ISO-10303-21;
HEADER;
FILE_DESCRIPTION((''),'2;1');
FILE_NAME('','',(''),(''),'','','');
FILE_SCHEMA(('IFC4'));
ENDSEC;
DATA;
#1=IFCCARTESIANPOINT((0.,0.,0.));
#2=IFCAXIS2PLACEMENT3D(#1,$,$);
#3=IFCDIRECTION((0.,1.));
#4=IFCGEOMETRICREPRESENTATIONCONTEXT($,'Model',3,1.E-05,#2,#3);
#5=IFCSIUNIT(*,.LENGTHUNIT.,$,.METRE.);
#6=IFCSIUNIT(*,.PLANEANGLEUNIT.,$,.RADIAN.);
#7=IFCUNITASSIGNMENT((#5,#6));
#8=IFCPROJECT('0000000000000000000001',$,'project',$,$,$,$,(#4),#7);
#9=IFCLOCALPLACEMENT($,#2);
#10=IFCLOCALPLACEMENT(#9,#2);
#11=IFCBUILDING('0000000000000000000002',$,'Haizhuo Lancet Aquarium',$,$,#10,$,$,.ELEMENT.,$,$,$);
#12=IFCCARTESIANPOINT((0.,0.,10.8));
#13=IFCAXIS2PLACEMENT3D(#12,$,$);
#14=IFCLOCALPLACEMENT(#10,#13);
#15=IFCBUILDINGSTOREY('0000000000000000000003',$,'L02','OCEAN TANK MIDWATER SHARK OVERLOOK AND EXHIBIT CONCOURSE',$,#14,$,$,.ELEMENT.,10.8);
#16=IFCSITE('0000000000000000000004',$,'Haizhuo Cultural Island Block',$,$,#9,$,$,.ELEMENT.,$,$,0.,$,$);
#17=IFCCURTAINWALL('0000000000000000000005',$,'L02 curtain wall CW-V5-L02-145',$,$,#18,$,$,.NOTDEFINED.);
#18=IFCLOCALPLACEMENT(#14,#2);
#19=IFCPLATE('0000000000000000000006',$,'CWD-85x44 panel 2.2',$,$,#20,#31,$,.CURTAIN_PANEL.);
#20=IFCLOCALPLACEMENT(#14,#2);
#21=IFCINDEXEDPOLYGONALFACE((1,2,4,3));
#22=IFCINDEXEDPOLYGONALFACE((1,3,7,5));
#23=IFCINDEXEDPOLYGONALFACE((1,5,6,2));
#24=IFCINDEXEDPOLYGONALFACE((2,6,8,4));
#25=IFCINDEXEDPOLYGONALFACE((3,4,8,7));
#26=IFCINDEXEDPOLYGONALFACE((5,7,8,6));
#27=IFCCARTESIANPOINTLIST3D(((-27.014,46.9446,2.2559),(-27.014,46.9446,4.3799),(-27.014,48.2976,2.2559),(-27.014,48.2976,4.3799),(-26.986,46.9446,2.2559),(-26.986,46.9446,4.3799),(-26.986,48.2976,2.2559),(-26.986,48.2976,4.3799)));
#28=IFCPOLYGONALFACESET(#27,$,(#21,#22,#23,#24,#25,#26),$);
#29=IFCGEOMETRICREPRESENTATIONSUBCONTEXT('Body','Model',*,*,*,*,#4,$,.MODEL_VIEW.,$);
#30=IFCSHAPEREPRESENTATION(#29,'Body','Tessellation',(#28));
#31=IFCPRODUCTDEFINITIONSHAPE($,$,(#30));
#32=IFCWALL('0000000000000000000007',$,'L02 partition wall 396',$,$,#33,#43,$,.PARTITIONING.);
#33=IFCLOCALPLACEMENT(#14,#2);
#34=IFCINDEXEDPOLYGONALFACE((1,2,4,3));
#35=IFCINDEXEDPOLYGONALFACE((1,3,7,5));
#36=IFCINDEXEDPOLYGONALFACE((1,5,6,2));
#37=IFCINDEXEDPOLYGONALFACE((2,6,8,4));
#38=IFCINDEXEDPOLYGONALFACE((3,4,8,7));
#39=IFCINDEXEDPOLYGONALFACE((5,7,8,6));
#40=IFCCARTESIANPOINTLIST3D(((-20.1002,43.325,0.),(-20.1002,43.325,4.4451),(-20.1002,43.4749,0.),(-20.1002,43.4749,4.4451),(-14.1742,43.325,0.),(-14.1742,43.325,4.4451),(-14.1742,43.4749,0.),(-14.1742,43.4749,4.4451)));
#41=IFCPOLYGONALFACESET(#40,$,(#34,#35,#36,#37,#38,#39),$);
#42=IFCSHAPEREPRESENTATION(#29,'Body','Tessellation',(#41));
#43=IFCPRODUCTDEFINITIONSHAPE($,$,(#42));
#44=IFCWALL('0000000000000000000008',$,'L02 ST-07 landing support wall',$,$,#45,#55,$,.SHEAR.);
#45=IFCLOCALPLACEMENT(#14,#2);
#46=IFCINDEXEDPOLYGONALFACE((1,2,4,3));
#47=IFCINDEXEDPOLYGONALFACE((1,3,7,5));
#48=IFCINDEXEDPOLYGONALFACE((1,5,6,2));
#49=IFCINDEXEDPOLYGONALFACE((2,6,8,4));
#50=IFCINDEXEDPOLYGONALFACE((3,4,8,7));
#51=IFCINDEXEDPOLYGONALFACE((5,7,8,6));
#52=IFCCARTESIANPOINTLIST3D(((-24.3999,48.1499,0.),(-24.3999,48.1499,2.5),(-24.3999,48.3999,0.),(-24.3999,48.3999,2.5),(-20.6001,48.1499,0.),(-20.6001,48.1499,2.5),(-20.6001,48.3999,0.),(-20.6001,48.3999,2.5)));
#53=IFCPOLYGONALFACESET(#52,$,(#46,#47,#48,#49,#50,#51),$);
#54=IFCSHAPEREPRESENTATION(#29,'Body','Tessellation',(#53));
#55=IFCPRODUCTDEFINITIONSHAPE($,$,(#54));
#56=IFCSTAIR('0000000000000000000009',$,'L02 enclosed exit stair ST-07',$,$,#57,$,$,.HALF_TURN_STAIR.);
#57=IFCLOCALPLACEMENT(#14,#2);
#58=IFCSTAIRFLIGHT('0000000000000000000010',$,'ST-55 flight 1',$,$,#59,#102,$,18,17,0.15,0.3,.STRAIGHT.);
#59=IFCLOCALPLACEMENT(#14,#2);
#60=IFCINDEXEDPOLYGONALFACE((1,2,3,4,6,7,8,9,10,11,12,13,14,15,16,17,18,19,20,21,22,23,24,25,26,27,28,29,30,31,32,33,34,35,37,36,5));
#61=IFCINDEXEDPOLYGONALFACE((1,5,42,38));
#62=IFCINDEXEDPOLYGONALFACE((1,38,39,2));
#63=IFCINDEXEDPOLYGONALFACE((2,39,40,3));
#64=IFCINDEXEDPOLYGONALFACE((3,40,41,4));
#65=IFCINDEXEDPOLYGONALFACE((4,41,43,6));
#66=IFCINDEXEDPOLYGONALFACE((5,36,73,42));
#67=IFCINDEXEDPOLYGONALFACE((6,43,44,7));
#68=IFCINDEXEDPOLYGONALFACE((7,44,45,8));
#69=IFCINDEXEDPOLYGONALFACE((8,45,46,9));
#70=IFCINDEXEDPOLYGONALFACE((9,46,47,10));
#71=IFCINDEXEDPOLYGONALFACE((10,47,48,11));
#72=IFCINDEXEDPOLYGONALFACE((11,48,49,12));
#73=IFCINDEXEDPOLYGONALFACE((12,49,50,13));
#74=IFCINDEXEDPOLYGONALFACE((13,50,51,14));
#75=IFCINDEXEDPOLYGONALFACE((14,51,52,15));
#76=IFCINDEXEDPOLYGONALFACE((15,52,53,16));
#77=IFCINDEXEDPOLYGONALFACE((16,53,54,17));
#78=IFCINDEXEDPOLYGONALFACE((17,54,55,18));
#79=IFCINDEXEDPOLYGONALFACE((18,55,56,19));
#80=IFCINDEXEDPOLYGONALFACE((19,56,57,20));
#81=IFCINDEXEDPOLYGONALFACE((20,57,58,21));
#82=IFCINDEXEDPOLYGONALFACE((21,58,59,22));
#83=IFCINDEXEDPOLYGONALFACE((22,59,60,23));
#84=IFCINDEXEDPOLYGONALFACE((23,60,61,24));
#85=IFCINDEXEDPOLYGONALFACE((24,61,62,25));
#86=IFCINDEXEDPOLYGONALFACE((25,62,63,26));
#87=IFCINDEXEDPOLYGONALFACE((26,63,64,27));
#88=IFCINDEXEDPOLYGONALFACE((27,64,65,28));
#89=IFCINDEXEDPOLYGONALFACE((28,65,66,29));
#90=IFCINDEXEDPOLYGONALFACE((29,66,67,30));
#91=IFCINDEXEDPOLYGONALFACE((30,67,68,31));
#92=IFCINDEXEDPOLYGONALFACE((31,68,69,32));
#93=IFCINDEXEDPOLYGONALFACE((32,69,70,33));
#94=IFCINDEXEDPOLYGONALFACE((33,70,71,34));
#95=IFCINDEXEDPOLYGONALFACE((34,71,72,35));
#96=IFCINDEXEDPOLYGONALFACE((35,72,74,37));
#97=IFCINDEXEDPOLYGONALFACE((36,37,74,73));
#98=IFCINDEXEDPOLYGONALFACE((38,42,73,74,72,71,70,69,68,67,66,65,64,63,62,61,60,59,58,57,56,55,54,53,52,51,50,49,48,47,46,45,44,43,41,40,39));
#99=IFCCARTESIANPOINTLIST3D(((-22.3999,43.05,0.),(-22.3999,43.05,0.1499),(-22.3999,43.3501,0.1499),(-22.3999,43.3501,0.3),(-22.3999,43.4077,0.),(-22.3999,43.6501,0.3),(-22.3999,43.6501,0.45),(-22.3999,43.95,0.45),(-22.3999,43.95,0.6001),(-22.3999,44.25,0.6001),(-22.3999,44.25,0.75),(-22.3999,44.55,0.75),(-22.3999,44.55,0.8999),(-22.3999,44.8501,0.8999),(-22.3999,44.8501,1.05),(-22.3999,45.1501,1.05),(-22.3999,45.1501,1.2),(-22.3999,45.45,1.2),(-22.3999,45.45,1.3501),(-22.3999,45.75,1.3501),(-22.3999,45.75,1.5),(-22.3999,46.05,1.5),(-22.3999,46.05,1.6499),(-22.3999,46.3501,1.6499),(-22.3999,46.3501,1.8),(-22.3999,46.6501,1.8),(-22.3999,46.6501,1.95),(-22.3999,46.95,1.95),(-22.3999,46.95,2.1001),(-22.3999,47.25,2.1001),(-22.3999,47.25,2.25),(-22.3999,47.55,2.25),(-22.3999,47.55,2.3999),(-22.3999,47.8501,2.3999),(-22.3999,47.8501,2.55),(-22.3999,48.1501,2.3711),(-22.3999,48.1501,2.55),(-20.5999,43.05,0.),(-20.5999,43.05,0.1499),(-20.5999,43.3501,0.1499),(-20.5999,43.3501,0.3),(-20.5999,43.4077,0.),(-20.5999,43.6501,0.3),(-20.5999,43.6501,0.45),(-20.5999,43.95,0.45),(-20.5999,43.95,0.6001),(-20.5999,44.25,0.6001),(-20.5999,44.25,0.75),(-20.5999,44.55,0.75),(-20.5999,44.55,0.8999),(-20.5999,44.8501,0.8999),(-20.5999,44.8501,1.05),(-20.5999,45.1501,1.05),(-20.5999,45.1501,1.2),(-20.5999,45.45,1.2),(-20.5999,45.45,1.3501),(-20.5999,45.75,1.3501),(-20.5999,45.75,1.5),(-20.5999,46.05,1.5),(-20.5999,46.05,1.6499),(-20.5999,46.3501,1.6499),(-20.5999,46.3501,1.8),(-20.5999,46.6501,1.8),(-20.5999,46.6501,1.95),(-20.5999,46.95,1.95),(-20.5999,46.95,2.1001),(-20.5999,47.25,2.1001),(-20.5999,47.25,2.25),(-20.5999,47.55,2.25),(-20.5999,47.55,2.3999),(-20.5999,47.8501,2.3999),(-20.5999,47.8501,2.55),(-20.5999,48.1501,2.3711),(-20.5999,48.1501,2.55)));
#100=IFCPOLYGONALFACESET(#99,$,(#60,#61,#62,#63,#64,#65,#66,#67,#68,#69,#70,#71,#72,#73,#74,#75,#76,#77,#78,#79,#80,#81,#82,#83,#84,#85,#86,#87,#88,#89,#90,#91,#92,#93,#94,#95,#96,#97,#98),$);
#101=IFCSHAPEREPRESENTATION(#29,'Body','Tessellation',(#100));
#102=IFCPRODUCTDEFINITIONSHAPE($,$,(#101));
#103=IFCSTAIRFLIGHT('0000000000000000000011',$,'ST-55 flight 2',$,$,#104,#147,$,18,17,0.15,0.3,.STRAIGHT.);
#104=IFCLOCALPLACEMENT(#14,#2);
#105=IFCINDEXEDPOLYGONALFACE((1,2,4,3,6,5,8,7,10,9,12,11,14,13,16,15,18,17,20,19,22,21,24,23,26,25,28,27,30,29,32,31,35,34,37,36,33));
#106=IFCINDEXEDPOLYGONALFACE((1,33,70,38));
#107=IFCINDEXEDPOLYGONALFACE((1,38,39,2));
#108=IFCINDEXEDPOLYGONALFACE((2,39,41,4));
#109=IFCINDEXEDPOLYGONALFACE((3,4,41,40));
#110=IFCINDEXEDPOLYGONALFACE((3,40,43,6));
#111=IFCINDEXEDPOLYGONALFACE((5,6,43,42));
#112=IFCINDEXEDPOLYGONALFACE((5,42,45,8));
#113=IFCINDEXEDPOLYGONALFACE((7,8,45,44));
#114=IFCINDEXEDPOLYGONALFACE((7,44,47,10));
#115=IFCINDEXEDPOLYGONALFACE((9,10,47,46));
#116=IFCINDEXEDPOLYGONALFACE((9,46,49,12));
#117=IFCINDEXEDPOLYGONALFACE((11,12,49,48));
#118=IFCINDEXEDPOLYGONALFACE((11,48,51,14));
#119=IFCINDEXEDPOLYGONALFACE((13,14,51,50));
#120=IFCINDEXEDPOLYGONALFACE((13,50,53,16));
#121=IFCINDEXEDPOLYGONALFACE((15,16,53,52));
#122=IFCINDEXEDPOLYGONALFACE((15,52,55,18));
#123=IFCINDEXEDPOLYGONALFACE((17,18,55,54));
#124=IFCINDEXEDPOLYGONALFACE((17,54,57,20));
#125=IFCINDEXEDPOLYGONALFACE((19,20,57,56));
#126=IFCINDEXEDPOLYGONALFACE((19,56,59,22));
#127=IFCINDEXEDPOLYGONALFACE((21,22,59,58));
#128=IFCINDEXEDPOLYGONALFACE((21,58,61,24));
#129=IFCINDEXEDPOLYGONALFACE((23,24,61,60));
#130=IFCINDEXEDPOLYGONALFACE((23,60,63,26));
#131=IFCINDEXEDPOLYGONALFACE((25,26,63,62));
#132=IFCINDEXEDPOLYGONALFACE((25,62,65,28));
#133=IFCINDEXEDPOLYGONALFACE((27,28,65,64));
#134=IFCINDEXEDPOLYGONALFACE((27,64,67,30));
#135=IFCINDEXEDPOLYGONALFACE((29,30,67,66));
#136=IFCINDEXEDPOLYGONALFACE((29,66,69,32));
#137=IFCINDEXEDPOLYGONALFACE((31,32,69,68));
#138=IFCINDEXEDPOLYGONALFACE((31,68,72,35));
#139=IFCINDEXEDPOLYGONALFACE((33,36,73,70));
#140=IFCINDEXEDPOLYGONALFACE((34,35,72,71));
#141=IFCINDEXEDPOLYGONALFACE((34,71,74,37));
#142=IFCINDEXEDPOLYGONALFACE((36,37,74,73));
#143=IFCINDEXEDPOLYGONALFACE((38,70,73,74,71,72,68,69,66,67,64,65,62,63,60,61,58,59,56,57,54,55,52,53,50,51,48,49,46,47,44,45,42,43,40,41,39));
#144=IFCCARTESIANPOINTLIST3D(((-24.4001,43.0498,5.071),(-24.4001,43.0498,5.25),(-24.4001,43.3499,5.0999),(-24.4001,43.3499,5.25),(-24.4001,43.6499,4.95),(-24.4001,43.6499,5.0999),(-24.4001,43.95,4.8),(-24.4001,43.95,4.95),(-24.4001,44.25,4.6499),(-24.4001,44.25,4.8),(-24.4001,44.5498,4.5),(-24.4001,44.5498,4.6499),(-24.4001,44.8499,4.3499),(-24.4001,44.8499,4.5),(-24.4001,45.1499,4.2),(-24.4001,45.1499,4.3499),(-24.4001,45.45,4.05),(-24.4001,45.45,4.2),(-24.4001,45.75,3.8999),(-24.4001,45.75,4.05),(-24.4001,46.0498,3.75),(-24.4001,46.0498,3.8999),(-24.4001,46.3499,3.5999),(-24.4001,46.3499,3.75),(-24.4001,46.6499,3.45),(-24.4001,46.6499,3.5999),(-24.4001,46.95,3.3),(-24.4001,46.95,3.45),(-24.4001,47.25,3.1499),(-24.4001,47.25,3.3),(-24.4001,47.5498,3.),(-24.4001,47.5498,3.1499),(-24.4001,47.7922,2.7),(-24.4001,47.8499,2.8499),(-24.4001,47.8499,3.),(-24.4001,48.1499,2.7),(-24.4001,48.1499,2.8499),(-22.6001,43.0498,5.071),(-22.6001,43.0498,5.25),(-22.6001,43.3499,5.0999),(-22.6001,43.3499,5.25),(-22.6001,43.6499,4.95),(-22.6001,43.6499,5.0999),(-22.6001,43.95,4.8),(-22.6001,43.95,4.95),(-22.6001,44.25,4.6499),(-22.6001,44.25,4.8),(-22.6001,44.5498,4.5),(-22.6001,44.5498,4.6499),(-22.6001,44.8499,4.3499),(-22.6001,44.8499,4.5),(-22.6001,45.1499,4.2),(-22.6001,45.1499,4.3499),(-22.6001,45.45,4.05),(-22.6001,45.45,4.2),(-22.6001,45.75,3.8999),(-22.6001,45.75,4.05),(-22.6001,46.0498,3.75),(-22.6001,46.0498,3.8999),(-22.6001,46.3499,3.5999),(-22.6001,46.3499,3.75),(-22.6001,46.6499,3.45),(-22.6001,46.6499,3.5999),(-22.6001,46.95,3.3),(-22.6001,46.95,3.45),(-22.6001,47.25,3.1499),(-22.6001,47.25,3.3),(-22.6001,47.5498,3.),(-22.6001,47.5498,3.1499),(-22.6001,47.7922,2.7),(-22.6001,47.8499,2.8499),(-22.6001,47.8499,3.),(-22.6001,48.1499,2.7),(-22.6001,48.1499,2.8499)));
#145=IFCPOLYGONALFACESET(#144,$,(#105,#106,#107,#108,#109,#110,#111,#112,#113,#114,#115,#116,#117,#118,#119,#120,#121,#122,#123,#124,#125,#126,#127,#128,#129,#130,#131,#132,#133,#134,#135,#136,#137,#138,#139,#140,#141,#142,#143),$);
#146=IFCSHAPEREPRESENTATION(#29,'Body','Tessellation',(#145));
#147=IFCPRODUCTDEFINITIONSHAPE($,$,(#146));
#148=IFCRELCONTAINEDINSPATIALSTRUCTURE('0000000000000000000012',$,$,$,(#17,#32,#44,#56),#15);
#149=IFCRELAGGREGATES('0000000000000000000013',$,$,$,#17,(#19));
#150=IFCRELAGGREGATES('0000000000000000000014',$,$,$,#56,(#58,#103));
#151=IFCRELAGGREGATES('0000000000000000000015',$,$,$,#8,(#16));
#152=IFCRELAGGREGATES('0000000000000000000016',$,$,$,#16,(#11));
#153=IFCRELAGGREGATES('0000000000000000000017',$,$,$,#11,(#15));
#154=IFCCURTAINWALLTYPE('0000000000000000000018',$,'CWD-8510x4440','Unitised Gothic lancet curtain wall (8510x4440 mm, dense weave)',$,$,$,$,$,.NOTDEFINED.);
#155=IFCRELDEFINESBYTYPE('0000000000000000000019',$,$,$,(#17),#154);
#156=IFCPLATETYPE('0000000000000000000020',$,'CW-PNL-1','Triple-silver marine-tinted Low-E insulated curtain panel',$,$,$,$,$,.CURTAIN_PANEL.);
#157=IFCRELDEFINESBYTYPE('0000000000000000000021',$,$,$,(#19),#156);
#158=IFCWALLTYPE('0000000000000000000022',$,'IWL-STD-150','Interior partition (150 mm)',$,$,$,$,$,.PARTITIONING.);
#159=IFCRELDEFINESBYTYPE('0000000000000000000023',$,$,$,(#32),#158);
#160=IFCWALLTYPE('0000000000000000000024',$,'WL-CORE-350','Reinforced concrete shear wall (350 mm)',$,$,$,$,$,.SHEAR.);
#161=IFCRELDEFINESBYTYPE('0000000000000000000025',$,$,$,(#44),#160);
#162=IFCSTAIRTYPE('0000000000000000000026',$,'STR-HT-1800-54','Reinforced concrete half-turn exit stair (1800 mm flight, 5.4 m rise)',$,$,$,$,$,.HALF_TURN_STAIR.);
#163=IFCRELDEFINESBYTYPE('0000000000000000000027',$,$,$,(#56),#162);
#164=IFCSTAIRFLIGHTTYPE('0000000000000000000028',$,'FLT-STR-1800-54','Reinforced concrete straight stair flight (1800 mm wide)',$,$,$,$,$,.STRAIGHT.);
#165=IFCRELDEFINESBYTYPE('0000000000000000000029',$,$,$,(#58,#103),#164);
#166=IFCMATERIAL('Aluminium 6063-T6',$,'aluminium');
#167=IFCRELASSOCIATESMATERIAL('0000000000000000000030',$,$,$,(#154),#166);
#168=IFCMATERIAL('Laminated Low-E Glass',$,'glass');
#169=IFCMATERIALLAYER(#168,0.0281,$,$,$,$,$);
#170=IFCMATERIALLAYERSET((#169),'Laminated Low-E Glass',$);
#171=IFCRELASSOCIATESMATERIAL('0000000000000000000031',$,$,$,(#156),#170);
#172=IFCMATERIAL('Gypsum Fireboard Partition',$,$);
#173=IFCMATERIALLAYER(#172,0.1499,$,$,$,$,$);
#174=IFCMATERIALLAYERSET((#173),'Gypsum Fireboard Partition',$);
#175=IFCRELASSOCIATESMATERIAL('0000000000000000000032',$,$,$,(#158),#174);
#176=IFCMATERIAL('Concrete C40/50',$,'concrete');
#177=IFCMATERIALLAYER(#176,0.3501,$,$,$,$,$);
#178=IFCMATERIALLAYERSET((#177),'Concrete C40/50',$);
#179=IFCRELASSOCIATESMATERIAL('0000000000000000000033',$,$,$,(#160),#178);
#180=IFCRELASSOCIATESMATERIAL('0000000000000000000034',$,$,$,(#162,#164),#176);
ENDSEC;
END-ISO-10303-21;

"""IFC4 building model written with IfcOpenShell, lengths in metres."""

from ifc_helpers import new_model, si_unit, direction, frame, frame_2d, origin, origin_2d, place, context, subcontext, project, spatial, polyline, rectangle, outline, extrude, material, layer, layer_set, type_object, element, aggregate, save


model = new_model("IFC4")

# Units and contexts
model_context = context("Model", 3, precision=1e-05, world=origin(), true_north=direction((0.0, 1.0)))
body_context = subcontext(model_context, "Body", "Model", "MODEL_VIEW")
ifc_project = project(units=[si_unit("LENGTHUNIT", "METRE"), si_unit("PLANEANGLEUNIT", "RADIAN")], contexts=[model_context])

# Site, building, storey
site_placement = place(None, origin())
site = spatial("IfcSite", under=ifc_project, at=site_placement, Name="Haizhuo Cultural Island Block", CompositionType="ELEMENT", RefElevation=0.0)
building_placement = place(site_placement, origin())
building = spatial("IfcBuilding", under=site, at=building_placement, Name="Haizhuo Lancet Aquarium", CompositionType="ELEMENT")
storey_placement = place(building_placement, frame((0.0, 0.0, 10.8)))
storey = spatial("IfcBuildingStorey", under=building, at=storey_placement, Name="L02", Description="OCEAN TANK MIDWATER SHARK OVERLOOK AND EXHIBIT CONCOURSE", CompositionType="ELEMENT", Elevation=10.8)

# Curtain wall
ifc_material_1 = material(Name="Aluminium 6063-T6", Category="aluminium")
curtain_wall_type = type_object("IfcCurtainWallType", Name="CWD-8510x4440", Description="Unitised Gothic lancet curtain wall (8510x4440 mm, dense weave)", PredefinedType="NOTDEFINED", material=ifc_material_1)
curtain_wall_placement = place(storey_placement, origin())
curtain_wall = element("IfcCurtainWall", 1, at=curtain_wall_placement, inside=storey, type_object=curtain_wall_type, Name="L02 curtain wall CW-V5-L02-145", PredefinedType="NOTDEFINED")

# Plate
ifc_material_2 = material(Name="Laminated Low-E Glass", Category="glass")
ifc_layer_1 = layer(ifc_material_2, 0.0281)
ifc_layer_set_1 = layer_set([ifc_layer_1], Name="Laminated Low-E Glass")
plate_type = type_object("IfcPlateType", Name="CW-PNL-1", Description="Triple-silver marine-tinted Low-E insulated curtain panel", PredefinedType="CURTAIN_PANEL", material=ifc_layer_set_1)
plate_1_placement = place(storey_placement, frame((-27.0, 47.6211, 2.2559), z_axis=(0.0, 0.0, 1.0), x_axis=(0.0, 1.0, 0.0)))
plate_1 = element("IfcPlate", 2, at=plate_1_placement, type_object=plate_type, Name="CWD-85x44 panel 2.2", PredefinedType="CURTAIN_PANEL", context=body_context, shape_type="SweptSolid", body=[
    extrude(rectangle(XDim=1.353, YDim=0.0281, at=origin_2d()), origin(), (0.0, 0.0, 1.0), 2.124),
])
aggregate(curtain_wall, [plate_1])

# Walls
ifc_material_3 = material(Name="Gypsum Fireboard Partition")
ifc_layer_2 = layer(ifc_material_3, 0.1499)
ifc_layer_set_2 = layer_set([ifc_layer_2], Name="Gypsum Fireboard Partition")
wall_type_1 = type_object("IfcWallType", Name="IWL-STD-150", Description="Interior partition (150 mm)", PredefinedType="PARTITIONING", material=ifc_layer_set_2)
wall_1_placement = place(storey_placement, frame((-20.1001, 43.3999, 0.0), z_axis=(0.0, 0.0, 1.0), x_axis=(1.0, 0.0, 0.0)))
element("IfcWall", 3, at=wall_1_placement, inside=storey, type_object=wall_type_1, Name="L02 partition wall 396", PredefinedType="PARTITIONING", context=body_context, shape_type="SweptSolid", body=[
    extrude(rectangle(XDim=5.926, YDim=0.1499, at=frame_2d((2.9629, 0.0))), origin(), (0.0, 0.0, 1.0), 4.4451),
])
ifc_material_4 = material(Name="Concrete C40/50", Category="concrete")
ifc_layer_3 = layer(ifc_material_4, 0.3501)
ifc_layer_set_3 = layer_set([ifc_layer_3], Name="Concrete C40/50")
wall_type_2 = type_object("IfcWallType", Name="WL-CORE-350", Description="Reinforced concrete shear wall (350 mm)", PredefinedType="SHEAR", material=ifc_layer_set_3)
wall_2_placement = place(storey_placement, frame((-24.3999, 48.2749, 0.0), z_axis=(0.0, 0.0, 1.0), x_axis=(1.0, 0.0, 0.0)))
element("IfcWall", 4, at=wall_2_placement, inside=storey, type_object=wall_type_2, Name="L02 ST-07 landing support wall", PredefinedType="SHEAR", context=body_context, shape_type="SweptSolid", body=[
    extrude(rectangle(XDim=3.7998, YDim=0.25, at=frame_2d((1.8999, 0.0))), origin(), (0.0, 0.0, 1.0), 2.5),
])

# Stair, stair flights
stair_type = type_object("IfcStairType", Name="STR-HT-1800-54", Description="Reinforced concrete half-turn exit stair (1800 mm flight, 5.4 m rise)", PredefinedType="HALF_TURN_STAIR", material=ifc_material_4)
stair_placement = place(storey_placement, origin())
stair = element("IfcStair", 5, at=stair_placement, inside=storey, type_object=stair_type, Name="L02 enclosed exit stair ST-07", PredefinedType="HALF_TURN_STAIR")
stair_flight_type = type_object("IfcStairFlightType", Name="FLT-STR-1800-54", Description="Reinforced concrete straight stair flight (1800 mm wide)", PredefinedType="STRAIGHT", material=ifc_material_4)
stair_flight_1_placement = place(storey_placement, frame((-21.5, 43.05, 0.0), z_axis=(0.0, 0.0, 1.0), x_axis=(0.0, 1.0, 0.0)))
stair_flight_1 = element("IfcStairFlight", 6, at=stair_flight_1_placement, type_object=stair_flight_type, Name="ST-55 flight 1", NumberOfRisers=18, NumberOfTreads=17, PredefinedType="STRAIGHT", RiserHeight=0.15, TreadLength=0.3, context=body_context, shape_type="SweptSolid", body=[
    extrude(outline(polyline([(0.0, 0.0), (0.0, 0.1499), (0.3, 0.1499), (0.3, 0.3), (0.6001, 0.3), (0.6001, 0.45), (0.8999, 0.45), (0.8999, 0.6001), (1.2, 0.6001), (1.2, 0.75), (1.5, 0.75), (1.5, 0.8999), (1.8, 0.8999), (1.8, 1.05), (2.1001, 1.05), (2.1001, 1.2), (2.3999, 1.2), (2.3999, 1.3501), (2.7, 1.3501), (2.7, 1.5), (3.0, 1.5), (3.0, 1.6499), (3.3, 1.6499), (3.3, 1.8), (3.6001, 1.8), (3.6001, 1.95), (3.8999, 1.95), (3.8999, 2.1001), (4.2, 2.1001), (4.2, 2.25), (4.5, 2.25), (4.5, 2.3999), (4.8, 2.3999), (4.8, 2.55), (5.1001, 2.55), (5.1001, 2.7), (5.1001, 2.3711), (0.3577, 0.0), (0.0, 0.0)])), frame((0.0, 0.8999, 0.0), z_axis=(0.0, -1.0, 0.0), x_axis=(1.0, 0.0, 0.0)), (0.0, 0.0, 1.0), 1.8),
])
stair_flight_2_placement = place(storey_placement, frame((-23.5, 48.1499, 2.7), z_axis=(0.0, 0.0, 1.0), x_axis=(0.0, -1.0, 0.0)))
stair_flight_2 = element("IfcStairFlight", 7, at=stair_flight_2_placement, type_object=stair_flight_type, Name="ST-55 flight 2", NumberOfRisers=18, NumberOfTreads=17, PredefinedType="STRAIGHT", RiserHeight=0.15, TreadLength=0.3, context=body_context, shape_type="SweptSolid", body=[
    extrude(outline(polyline([(0.0, 0.0), (0.0, 0.1499), (0.3, 0.1499), (0.3, 0.3), (0.6001, 0.3), (0.6001, 0.45), (0.8999, 0.45), (0.8999, 0.6001), (1.2, 0.6001), (1.2, 0.75), (1.5, 0.75), (1.5, 0.8999), (1.8, 0.8999), (1.8, 1.05), (2.1001, 1.05), (2.1001, 1.2), (2.3999, 1.2), (2.3999, 1.3501), (2.7, 1.3501), (2.7, 1.5), (3.0, 1.5), (3.0, 1.6499), (3.3, 1.6499), (3.3, 1.8), (3.6001, 1.8), (3.6001, 1.95), (3.8999, 1.95), (3.8999, 2.1001), (4.2, 2.1001), (4.2, 2.25), (4.5, 2.25), (4.5, 2.3999), (4.8, 2.3999), (4.8, 2.55), (5.1001, 2.55), (5.1001, 2.7), (5.1001, 2.3711), (0.3577, 0.0), (0.0, 0.0)])), frame((0.0, 0.8999, 0.0), z_axis=(0.0, -1.0, 0.0), x_axis=(1.0, 0.0, 0.0)), (0.0, 0.0, 1.0), 1.8),
])
aggregate(stair, [stair_flight_1, stair_flight_2])

save(model, "model.ifc")
